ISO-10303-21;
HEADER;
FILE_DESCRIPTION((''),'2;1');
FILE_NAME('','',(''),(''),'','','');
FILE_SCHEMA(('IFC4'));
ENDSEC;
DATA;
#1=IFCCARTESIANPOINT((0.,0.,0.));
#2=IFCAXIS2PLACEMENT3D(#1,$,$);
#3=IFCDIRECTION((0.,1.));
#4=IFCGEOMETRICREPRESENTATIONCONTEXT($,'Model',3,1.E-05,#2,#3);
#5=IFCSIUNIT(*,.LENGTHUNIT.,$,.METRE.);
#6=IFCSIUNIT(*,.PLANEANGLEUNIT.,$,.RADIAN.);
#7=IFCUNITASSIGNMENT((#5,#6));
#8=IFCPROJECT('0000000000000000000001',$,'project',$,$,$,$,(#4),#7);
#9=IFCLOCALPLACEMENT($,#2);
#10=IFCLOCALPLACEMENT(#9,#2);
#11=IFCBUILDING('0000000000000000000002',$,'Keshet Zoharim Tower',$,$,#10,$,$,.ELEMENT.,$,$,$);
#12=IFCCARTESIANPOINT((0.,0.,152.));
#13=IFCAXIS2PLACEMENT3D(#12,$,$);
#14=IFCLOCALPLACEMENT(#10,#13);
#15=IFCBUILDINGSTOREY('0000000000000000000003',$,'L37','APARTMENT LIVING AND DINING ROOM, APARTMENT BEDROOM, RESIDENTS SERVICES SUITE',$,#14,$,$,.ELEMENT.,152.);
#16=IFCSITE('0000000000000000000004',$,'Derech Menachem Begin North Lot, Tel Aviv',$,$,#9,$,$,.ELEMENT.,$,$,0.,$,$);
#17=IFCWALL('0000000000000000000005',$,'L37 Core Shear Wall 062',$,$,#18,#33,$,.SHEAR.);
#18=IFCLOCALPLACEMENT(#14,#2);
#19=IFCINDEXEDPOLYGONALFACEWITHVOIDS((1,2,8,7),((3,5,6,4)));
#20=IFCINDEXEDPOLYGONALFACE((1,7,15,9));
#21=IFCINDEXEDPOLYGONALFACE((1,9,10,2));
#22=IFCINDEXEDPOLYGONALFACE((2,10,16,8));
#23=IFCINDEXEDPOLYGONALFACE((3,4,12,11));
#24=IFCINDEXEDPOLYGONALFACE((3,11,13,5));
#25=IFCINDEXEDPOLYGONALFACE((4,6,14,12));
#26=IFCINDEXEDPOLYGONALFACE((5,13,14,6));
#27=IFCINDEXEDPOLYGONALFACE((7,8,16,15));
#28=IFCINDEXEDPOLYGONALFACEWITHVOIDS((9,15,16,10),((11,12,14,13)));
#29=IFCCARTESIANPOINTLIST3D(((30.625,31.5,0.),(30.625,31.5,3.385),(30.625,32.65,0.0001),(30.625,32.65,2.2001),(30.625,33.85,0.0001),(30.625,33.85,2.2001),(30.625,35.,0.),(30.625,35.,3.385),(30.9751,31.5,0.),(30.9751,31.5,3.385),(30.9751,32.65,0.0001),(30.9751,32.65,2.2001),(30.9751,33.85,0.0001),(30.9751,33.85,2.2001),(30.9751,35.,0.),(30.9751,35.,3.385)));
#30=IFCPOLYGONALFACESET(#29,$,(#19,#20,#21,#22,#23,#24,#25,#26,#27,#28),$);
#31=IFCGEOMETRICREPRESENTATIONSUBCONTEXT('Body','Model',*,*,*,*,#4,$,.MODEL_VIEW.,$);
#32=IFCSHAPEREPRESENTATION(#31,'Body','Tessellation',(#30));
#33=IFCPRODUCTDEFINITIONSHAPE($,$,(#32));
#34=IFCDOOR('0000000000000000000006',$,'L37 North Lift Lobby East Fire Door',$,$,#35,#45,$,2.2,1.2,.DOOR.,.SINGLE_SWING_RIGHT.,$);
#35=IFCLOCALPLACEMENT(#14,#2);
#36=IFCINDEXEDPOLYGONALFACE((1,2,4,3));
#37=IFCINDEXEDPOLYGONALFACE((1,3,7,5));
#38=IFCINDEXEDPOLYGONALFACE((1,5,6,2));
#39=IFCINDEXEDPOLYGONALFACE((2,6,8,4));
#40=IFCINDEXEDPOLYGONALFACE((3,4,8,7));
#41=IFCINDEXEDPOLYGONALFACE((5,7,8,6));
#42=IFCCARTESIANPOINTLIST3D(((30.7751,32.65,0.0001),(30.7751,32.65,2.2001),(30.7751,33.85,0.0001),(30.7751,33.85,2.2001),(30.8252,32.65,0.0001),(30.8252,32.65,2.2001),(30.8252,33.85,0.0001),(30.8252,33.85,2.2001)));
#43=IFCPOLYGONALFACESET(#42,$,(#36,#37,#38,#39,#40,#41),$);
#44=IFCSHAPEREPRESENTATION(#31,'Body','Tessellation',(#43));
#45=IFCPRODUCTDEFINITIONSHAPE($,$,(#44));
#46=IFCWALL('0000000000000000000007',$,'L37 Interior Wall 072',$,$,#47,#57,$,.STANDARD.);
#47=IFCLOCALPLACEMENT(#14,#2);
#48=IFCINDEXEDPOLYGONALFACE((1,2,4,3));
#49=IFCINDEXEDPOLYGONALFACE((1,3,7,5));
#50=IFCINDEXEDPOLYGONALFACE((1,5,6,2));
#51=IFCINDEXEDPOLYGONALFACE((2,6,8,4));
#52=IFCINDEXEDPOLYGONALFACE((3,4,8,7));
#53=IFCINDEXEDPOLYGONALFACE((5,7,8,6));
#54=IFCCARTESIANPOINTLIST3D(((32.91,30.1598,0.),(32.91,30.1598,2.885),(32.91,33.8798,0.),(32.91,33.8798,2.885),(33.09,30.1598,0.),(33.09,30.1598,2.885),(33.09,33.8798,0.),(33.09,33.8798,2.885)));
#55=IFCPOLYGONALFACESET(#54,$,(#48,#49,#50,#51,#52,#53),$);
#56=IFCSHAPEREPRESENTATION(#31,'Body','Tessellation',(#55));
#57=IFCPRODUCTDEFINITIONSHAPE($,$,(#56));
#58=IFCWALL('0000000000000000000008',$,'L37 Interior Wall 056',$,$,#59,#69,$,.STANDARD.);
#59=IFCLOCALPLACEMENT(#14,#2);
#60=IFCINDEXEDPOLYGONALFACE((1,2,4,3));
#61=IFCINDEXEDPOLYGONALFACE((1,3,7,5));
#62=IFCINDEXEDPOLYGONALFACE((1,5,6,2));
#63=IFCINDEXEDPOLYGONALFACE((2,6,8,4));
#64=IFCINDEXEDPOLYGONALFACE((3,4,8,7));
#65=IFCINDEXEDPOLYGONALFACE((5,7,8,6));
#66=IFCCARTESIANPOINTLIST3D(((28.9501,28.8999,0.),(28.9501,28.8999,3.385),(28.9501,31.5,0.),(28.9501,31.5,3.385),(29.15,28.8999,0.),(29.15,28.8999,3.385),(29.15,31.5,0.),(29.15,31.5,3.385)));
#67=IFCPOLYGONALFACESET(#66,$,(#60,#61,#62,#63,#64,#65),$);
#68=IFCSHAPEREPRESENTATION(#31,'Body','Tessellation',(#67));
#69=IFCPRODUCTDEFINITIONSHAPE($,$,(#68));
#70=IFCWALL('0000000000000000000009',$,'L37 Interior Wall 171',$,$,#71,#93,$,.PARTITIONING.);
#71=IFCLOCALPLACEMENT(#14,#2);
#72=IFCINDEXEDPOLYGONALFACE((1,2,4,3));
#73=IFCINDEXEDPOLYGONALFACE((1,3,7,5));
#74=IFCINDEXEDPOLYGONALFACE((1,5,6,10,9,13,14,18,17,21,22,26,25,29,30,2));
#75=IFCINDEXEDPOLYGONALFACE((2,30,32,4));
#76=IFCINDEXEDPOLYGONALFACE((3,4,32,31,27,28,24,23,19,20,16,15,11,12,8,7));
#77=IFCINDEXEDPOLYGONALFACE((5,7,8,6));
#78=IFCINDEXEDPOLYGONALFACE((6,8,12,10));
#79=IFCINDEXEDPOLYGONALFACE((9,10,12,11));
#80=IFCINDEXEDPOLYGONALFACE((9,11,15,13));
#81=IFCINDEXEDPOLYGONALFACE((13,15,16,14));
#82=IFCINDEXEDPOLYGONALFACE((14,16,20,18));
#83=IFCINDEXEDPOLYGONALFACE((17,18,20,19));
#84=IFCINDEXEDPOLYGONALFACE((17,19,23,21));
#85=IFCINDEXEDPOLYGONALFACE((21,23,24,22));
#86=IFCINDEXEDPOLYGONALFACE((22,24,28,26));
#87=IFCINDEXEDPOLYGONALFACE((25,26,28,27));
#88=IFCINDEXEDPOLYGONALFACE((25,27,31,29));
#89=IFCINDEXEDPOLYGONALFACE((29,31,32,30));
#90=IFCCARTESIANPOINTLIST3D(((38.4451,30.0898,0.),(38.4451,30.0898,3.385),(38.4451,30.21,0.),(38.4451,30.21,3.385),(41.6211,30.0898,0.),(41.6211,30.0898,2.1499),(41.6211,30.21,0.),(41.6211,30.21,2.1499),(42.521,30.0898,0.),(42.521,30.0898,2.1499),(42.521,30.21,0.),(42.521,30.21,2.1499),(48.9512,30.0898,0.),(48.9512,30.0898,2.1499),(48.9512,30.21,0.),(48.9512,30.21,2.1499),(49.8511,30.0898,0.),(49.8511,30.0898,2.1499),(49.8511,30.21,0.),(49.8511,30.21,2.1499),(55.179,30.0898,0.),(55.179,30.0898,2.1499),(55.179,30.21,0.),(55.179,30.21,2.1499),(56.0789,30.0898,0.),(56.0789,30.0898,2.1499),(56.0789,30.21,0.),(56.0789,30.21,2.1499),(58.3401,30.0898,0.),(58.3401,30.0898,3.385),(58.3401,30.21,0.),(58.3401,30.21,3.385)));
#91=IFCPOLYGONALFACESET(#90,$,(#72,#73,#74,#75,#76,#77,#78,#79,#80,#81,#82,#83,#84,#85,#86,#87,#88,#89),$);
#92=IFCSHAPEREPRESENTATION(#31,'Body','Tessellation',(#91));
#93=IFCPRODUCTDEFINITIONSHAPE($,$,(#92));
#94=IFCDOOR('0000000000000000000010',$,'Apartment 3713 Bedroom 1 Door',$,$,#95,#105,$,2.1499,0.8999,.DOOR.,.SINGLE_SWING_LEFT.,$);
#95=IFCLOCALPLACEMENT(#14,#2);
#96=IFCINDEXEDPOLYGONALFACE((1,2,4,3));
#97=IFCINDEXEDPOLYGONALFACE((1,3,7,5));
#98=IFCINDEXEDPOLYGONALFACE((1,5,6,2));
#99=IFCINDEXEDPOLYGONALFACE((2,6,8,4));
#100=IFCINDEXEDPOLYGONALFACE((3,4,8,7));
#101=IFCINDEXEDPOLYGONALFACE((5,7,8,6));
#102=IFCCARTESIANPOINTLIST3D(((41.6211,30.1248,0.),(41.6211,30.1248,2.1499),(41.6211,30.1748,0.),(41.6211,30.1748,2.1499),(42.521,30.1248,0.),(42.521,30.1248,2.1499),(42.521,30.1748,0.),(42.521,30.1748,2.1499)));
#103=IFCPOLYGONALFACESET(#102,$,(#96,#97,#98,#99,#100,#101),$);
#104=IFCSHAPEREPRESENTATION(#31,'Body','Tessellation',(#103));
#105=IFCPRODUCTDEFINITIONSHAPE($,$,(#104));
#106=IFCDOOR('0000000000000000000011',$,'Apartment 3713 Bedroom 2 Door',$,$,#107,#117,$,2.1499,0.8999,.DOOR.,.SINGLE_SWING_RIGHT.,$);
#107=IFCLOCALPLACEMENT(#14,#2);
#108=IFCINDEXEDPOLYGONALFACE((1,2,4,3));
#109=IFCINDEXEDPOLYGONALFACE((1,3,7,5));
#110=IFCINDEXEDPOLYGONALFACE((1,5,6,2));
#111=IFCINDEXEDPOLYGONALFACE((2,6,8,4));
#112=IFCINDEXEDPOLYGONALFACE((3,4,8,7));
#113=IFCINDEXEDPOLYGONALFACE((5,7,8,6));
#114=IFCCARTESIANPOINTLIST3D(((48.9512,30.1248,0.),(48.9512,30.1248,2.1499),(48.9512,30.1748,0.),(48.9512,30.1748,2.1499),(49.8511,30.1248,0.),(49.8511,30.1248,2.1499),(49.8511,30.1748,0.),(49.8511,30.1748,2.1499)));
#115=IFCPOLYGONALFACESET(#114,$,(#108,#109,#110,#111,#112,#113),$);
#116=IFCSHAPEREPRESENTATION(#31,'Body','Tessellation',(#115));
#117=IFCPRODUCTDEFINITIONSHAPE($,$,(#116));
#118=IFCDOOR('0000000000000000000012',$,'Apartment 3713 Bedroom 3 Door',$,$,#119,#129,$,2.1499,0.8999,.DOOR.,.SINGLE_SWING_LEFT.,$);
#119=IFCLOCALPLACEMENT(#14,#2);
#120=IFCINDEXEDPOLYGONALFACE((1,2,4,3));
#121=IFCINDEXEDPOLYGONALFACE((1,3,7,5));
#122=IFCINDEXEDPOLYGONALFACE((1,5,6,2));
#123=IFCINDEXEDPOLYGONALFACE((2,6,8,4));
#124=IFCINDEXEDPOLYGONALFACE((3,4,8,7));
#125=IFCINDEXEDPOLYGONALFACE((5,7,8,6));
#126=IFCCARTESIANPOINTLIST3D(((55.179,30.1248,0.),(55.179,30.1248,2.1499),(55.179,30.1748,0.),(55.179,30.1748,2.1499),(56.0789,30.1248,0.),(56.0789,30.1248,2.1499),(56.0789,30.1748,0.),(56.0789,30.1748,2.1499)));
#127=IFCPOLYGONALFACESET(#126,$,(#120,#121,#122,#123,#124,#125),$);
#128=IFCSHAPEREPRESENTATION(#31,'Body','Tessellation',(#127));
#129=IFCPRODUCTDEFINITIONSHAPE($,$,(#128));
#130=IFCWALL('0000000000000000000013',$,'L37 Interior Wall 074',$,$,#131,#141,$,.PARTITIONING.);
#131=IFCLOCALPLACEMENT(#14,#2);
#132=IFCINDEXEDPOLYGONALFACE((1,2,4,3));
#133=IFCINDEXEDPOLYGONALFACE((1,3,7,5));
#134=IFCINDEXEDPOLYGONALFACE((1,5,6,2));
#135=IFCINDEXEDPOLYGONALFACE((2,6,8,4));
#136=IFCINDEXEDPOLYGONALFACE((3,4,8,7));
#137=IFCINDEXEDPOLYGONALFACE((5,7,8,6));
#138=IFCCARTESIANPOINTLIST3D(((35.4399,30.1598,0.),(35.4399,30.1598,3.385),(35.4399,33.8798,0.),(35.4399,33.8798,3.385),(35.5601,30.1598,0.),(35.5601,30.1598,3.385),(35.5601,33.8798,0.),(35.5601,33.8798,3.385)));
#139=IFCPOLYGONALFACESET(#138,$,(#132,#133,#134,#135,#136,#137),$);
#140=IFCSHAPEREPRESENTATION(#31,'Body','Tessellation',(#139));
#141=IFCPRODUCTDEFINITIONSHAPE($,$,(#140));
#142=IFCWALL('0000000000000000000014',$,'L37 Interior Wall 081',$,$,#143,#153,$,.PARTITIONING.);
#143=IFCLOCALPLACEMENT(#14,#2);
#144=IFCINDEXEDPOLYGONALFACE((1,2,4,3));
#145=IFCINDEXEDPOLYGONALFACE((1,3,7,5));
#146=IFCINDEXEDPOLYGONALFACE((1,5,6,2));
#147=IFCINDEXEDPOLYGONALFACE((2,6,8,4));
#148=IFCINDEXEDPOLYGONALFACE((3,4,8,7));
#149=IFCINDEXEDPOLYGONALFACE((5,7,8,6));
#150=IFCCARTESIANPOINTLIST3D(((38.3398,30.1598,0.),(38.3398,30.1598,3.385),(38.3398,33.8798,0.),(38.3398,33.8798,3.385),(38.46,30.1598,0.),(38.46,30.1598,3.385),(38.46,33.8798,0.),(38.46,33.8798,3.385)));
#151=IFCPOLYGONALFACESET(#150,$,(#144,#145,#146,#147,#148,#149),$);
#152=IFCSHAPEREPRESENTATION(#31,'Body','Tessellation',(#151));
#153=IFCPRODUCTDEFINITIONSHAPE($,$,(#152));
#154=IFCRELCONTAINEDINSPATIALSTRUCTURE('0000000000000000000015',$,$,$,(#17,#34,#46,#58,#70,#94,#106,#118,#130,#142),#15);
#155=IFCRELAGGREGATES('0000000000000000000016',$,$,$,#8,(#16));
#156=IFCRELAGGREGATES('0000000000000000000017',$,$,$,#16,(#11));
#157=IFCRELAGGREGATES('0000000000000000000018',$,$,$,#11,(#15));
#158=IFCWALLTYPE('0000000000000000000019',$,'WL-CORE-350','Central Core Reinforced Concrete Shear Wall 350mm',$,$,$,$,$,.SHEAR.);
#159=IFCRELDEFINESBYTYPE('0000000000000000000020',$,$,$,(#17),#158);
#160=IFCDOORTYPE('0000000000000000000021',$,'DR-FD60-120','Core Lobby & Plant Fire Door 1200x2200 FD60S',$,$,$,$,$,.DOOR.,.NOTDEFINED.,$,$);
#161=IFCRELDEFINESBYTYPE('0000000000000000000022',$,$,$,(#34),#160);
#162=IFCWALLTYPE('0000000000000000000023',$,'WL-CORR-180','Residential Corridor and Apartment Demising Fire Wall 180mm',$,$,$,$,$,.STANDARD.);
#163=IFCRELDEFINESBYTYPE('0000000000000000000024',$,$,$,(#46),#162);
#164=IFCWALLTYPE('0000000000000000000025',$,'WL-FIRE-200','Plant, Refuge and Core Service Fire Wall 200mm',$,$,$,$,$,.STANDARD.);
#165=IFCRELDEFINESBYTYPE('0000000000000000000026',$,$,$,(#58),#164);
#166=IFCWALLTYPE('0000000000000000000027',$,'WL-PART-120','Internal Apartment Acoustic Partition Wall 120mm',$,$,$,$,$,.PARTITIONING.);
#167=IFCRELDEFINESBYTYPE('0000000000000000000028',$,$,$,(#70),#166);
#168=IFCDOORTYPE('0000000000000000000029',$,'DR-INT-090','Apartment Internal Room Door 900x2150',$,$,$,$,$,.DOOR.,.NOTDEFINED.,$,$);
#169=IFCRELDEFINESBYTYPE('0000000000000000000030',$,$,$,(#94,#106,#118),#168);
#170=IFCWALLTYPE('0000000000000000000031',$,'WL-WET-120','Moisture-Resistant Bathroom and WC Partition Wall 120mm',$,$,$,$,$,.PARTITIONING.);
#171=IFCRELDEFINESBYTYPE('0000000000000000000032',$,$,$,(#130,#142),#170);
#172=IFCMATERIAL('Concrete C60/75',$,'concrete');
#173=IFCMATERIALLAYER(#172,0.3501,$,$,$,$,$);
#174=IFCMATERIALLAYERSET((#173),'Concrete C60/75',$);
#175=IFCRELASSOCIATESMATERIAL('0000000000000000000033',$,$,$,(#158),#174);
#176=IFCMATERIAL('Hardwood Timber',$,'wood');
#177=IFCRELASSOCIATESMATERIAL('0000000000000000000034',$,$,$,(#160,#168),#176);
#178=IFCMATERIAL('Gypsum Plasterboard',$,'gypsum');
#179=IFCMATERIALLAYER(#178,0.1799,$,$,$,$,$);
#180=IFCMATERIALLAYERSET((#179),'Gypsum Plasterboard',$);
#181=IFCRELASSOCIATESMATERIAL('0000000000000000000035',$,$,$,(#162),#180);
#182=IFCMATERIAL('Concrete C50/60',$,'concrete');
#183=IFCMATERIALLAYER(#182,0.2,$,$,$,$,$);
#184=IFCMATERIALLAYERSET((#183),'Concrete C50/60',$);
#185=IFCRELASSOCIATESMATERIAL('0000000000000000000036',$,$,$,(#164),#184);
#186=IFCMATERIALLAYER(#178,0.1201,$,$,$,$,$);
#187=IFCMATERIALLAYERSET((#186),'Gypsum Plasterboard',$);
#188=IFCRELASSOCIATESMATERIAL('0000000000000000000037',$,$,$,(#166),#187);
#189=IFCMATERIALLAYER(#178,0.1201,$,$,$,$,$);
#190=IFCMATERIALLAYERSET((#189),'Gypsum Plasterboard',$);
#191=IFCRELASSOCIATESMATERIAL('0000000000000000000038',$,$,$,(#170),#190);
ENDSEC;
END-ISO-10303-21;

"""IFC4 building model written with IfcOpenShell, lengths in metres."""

from ifc_helpers import new_model, si_unit, direction, frame, frame_2d, origin, place, context, subcontext, project, spatial, rectangle, extrude, material, layer, layer_set, type_object, element, fill, save


model = new_model("IFC4")

# Units and contexts
model_context = context("Model", 3, precision=1e-05, world=origin(), true_north=direction((0.0, 1.0)))
body_context = subcontext(model_context, "Body", "Model", "MODEL_VIEW")
ifc_project = project(units=[si_unit("LENGTHUNIT", "METRE"), si_unit("PLANEANGLEUNIT", "RADIAN")], contexts=[model_context])

# Site, building, storey
site_placement = place(None, origin())
site = spatial("IfcSite", under=ifc_project, at=site_placement, Name="Derech Menachem Begin North Lot, Tel Aviv", CompositionType="ELEMENT", RefElevation=0.0)
building_placement = place(site_placement, origin())
building = spatial("IfcBuilding", under=site, at=building_placement, Name="Keshet Zoharim Tower", CompositionType="ELEMENT")
storey_placement = place(building_placement, frame((0.0, 0.0, 152.0)))
storey = spatial("IfcBuildingStorey", under=building, at=storey_placement, Name="L37", Description="APARTMENT LIVING AND DINING ROOM, APARTMENT BEDROOM, RESIDENTS SERVICES SUITE", CompositionType="ELEMENT", Elevation=152.0)

# Shared definitions
ifc_material_1 = material(Name="Concrete C60/75", Category="concrete")

# Shared definitions
ifc_material_2 = material(Name="Gypsum Plasterboard", Category="gypsum")
ifc_material_3 = material(Name="Hardwood Timber", Category="wood")

# Shared definitions
ifc_layer_1 = layer(ifc_material_1, 0.3501)
ifc_layer_set_1 = layer_set([ifc_layer_1], Name="Concrete C60/75")
wall_type_1 = type_object("IfcWallType", Name="WL-CORE-350", Description="Central Core Reinforced Concrete Shear Wall 350mm", PredefinedType="SHEAR", material=ifc_layer_set_1)

# Wall, opening, door
wall_1_placement = place(storey_placement, frame((30.8, 31.5, 0.0), z_axis=(0.0, 0.0, 1.0), x_axis=(0.0, 1.0, 0.0)))
wall_1 = element("IfcWall", 1, at=wall_1_placement, inside=storey, type_object=wall_type_1, Name="L37 Core Shear Wall 062", PredefinedType="SHEAR", context=body_context, shape_type="SweptSolid", body=[
    extrude(rectangle(XDim=3.5, YDim=0.3501, at=frame_2d((1.75, 0.0))), origin(), (0.0, 0.0, 1.0), 3.385),
])
opening_1_placement = place(wall_1_placement, frame((1.1499, 0.0, 0.0)))
opening_1 = element("IfcOpeningElement", 2, at=opening_1_placement, cuts=wall_1, PredefinedType="OPENING", context=body_context, shape_type="SweptSolid", body=[
    extrude(rectangle(XDim=1.2, YDim=2.2, at=frame_2d((0.6001, 1.1001))), frame((0.0, 0.1851, 0.0), z_axis=(0.0, -1.0, 0.0), x_axis=(1.0, 0.0, 0.0)), (0.0, 0.0, 1.0), 0.3701),
])
door_type_1 = type_object("IfcDoorType", Name="DR-FD60-120", Description="Core Lobby & Plant Fire Door 1200x2200 FD60S", OperationType="NOTDEFINED", PredefinedType="DOOR", material=ifc_material_3)
door_1_placement = place(opening_1_placement, origin())
door_1 = element("IfcDoor", 3, at=door_1_placement, inside=storey, type_object=door_type_1, Name="L37 North Lift Lobby East Fire Door", OperationType="SINGLE_SWING_RIGHT", OverallHeight=2.2, OverallWidth=1.2, PredefinedType="DOOR", context=body_context, shape_type="SweptSolid", body=[
    extrude(rectangle(XDim=1.2, YDim=2.2, at=frame_2d((0.6001, 1.1001))), frame((0.0, 0.0249, 0.0), z_axis=(0.0, -1.0, 0.0), x_axis=(1.0, 0.0, 0.0)), (0.0, 0.0, 1.0), 0.05),
])
fill(opening_1, door_1)
ifc_layer_2 = layer(ifc_material_2, 0.1799)
ifc_layer_set_2 = layer_set([ifc_layer_2], Name="Gypsum Plasterboard")
wall_type_2 = type_object("IfcWallType", Name="WL-CORR-180", Description="Residential Corridor and Apartment Demising Fire Wall 180mm", PredefinedType="STANDARD", material=ifc_layer_set_2)

# Walls
wall_2_placement = place(storey_placement, frame((33.0, 30.1599, 0.0), z_axis=(0.0, 0.0, 1.0), x_axis=(0.0, 1.0, 0.0)))
element("IfcWall", 4, at=wall_2_placement, inside=storey, type_object=wall_type_2, Name="L37 Interior Wall 072", PredefinedType="STANDARD", context=body_context, shape_type="SweptSolid", body=[
    extrude(rectangle(XDim=3.72, YDim=0.1799, at=frame_2d((1.8599, 0.0))), origin(), (0.0, 0.0, 1.0), 2.885),
])
ifc_material_4 = material(Name="Concrete C50/60", Category="concrete")
ifc_layer_3 = layer(ifc_material_4, 0.2)
ifc_layer_set_3 = layer_set([ifc_layer_3], Name="Concrete C50/60")
wall_type_3 = type_object("IfcWallType", Name="WL-FIRE-200", Description="Plant, Refuge and Core Service Fire Wall 200mm", PredefinedType="STANDARD", material=ifc_layer_set_3)
wall_3_placement = place(storey_placement, frame((29.05, 28.8999, 0.0), z_axis=(0.0, 0.0, 1.0), x_axis=(0.0, 1.0, 0.0)))
element("IfcWall", 5, at=wall_3_placement, inside=storey, type_object=wall_type_3, Name="L37 Interior Wall 056", PredefinedType="STANDARD", context=body_context, shape_type="SweptSolid", body=[
    extrude(rectangle(XDim=2.6001, YDim=0.2, at=frame_2d((1.3, 0.0))), origin(), (0.0, 0.0, 1.0), 3.385),
])

# Shared definitions
ifc_layer_4 = layer(ifc_material_2, 0.1201)
ifc_layer_set_4 = layer_set([ifc_layer_4], Name="Gypsum Plasterboard")
wall_type_4 = type_object("IfcWallType", Name="WL-PART-120", Description="Internal Apartment Acoustic Partition Wall 120mm", PredefinedType="PARTITIONING", material=ifc_layer_set_4)
door_type_2 = type_object("IfcDoorType", Name="DR-INT-090", Description="Apartment Internal Room Door 900x2150", OperationType="NOTDEFINED", PredefinedType="DOOR", material=ifc_material_3)

# Wall, openings, doors
wall_4_placement = place(storey_placement, frame((38.4451, 30.1499, 0.0), z_axis=(0.0, 0.0, 1.0), x_axis=(1.0, 0.0, 0.0)))
wall_4 = element("IfcWall", 6, at=wall_4_placement, inside=storey, type_object=wall_type_4, Name="L37 Interior Wall 171", PredefinedType="PARTITIONING", context=body_context, shape_type="SweptSolid", body=[
    extrude(rectangle(XDim=19.895, YDim=0.1201, at=frame_2d((9.9475, 0.0))), origin(), (0.0, 0.0, 1.0), 3.385),
])
opening_2_placement = place(wall_4_placement, frame((3.176, 0.0, 0.0)))
opening_2 = element("IfcOpeningElement", 7, at=opening_2_placement, cuts=wall_4, PredefinedType="OPENING", context=body_context, shape_type="SweptSolid", body=[
    extrude(rectangle(XDim=0.8999, YDim=2.1499, at=frame_2d((0.45, 1.075))), frame((0.0, 0.0701, 0.0), z_axis=(0.0, -1.0, 0.0), x_axis=(1.0, 0.0, 0.0)), (0.0, 0.0, 1.0), 0.1401),
])
opening_3_placement = place(wall_4_placement, frame((10.5061, 0.0, 0.0)))
opening_3 = element("IfcOpeningElement", 8, at=opening_3_placement, cuts=wall_4, PredefinedType="OPENING", context=body_context, shape_type="SweptSolid", body=[
    extrude(rectangle(XDim=0.8999, YDim=2.1499, at=frame_2d((0.45, 1.075))), frame((0.0, 0.0701, 0.0), z_axis=(0.0, -1.0, 0.0), x_axis=(1.0, 0.0, 0.0)), (0.0, 0.0, 1.0), 0.1401),
])
opening_4_placement = place(wall_4_placement, frame((16.7339, 0.0, 0.0)))
opening_4 = element("IfcOpeningElement", 9, at=opening_4_placement, cuts=wall_4, PredefinedType="OPENING", context=body_context, shape_type="SweptSolid", body=[
    extrude(rectangle(XDim=0.8999, YDim=2.1499, at=frame_2d((0.45, 1.075))), frame((0.0, 0.0701, 0.0), z_axis=(0.0, -1.0, 0.0), x_axis=(1.0, 0.0, 0.0)), (0.0, 0.0, 1.0), 0.1401),
])
door_2_placement = place(opening_2_placement, origin())
door_2 = element("IfcDoor", 10, at=door_2_placement, inside=storey, type_object=door_type_2, Name="Apartment 3713 Bedroom 1 Door", OperationType="SINGLE_SWING_LEFT", OverallHeight=2.1499, OverallWidth=0.8999, PredefinedType="DOOR", context=body_context, shape_type="SweptSolid", body=[
    extrude(rectangle(XDim=0.8999, YDim=2.1499, at=frame_2d((0.45, 1.075))), frame((0.0, 0.0249, 0.0), z_axis=(0.0, -1.0, 0.0), x_axis=(1.0, 0.0, 0.0)), (0.0, 0.0, 1.0), 0.05),
])
fill(opening_2, door_2)
door_3_placement = place(opening_3_placement, origin())
door_3 = element("IfcDoor", 11, at=door_3_placement, inside=storey, type_object=door_type_2, Name="Apartment 3713 Bedroom 2 Door", OperationType="SINGLE_SWING_RIGHT", OverallHeight=2.1499, OverallWidth=0.8999, PredefinedType="DOOR", context=body_context, shape_type="SweptSolid", body=[
    extrude(rectangle(XDim=0.8999, YDim=2.1499, at=frame_2d((0.45, 1.075))), frame((0.0, 0.0249, 0.0), z_axis=(0.0, -1.0, 0.0), x_axis=(1.0, 0.0, 0.0)), (0.0, 0.0, 1.0), 0.05),
])
fill(opening_3, door_3)
door_4_placement = place(opening_4_placement, origin())
door_4 = element("IfcDoor", 12, at=door_4_placement, inside=storey, type_object=door_type_2, Name="Apartment 3713 Bedroom 3 Door", OperationType="SINGLE_SWING_LEFT", OverallHeight=2.1499, OverallWidth=0.8999, PredefinedType="DOOR", context=body_context, shape_type="SweptSolid", body=[
    extrude(rectangle(XDim=0.8999, YDim=2.1499, at=frame_2d((0.45, 1.075))), frame((0.0, 0.0249, 0.0), z_axis=(0.0, -1.0, 0.0), x_axis=(1.0, 0.0, 0.0)), (0.0, 0.0, 1.0), 0.05),
])
fill(opening_4, door_4)

# Walls
ifc_layer_5 = layer(ifc_material_2, 0.1201)
ifc_layer_set_5 = layer_set([ifc_layer_5], Name="Gypsum Plasterboard")
wall_type_5 = type_object("IfcWallType", Name="WL-WET-120", Description="Moisture-Resistant Bathroom and WC Partition Wall 120mm", PredefinedType="PARTITIONING", material=ifc_layer_set_5)
for number, where, z_axis, x_axis, name in (
    (13, (35.5, 30.1599, 0.0), (0.0, 0.0, 1.0), (0.0, 1.0, 0.0), "L37 Interior Wall 074"),
    (14, (38.3999, 30.1599, 0.0), (0.0, 0.0, 1.0), (0.0, 1.0, 0.0), "L37 Interior Wall 081"),
):
    element("IfcWall", number, at=place(storey_placement, frame(where, z_axis=z_axis, x_axis=x_axis)), inside=storey, type_object=wall_type_5, Name=name, PredefinedType="PARTITIONING", context=body_context, shape_type="SweptSolid", body=[
        extrude(rectangle(XDim=3.72, YDim=0.1201, at=frame_2d((1.8599, 0.0))), origin(), (0.0, 0.0, 1.0), 3.385),
    ])

save(model, "model.ifc")
